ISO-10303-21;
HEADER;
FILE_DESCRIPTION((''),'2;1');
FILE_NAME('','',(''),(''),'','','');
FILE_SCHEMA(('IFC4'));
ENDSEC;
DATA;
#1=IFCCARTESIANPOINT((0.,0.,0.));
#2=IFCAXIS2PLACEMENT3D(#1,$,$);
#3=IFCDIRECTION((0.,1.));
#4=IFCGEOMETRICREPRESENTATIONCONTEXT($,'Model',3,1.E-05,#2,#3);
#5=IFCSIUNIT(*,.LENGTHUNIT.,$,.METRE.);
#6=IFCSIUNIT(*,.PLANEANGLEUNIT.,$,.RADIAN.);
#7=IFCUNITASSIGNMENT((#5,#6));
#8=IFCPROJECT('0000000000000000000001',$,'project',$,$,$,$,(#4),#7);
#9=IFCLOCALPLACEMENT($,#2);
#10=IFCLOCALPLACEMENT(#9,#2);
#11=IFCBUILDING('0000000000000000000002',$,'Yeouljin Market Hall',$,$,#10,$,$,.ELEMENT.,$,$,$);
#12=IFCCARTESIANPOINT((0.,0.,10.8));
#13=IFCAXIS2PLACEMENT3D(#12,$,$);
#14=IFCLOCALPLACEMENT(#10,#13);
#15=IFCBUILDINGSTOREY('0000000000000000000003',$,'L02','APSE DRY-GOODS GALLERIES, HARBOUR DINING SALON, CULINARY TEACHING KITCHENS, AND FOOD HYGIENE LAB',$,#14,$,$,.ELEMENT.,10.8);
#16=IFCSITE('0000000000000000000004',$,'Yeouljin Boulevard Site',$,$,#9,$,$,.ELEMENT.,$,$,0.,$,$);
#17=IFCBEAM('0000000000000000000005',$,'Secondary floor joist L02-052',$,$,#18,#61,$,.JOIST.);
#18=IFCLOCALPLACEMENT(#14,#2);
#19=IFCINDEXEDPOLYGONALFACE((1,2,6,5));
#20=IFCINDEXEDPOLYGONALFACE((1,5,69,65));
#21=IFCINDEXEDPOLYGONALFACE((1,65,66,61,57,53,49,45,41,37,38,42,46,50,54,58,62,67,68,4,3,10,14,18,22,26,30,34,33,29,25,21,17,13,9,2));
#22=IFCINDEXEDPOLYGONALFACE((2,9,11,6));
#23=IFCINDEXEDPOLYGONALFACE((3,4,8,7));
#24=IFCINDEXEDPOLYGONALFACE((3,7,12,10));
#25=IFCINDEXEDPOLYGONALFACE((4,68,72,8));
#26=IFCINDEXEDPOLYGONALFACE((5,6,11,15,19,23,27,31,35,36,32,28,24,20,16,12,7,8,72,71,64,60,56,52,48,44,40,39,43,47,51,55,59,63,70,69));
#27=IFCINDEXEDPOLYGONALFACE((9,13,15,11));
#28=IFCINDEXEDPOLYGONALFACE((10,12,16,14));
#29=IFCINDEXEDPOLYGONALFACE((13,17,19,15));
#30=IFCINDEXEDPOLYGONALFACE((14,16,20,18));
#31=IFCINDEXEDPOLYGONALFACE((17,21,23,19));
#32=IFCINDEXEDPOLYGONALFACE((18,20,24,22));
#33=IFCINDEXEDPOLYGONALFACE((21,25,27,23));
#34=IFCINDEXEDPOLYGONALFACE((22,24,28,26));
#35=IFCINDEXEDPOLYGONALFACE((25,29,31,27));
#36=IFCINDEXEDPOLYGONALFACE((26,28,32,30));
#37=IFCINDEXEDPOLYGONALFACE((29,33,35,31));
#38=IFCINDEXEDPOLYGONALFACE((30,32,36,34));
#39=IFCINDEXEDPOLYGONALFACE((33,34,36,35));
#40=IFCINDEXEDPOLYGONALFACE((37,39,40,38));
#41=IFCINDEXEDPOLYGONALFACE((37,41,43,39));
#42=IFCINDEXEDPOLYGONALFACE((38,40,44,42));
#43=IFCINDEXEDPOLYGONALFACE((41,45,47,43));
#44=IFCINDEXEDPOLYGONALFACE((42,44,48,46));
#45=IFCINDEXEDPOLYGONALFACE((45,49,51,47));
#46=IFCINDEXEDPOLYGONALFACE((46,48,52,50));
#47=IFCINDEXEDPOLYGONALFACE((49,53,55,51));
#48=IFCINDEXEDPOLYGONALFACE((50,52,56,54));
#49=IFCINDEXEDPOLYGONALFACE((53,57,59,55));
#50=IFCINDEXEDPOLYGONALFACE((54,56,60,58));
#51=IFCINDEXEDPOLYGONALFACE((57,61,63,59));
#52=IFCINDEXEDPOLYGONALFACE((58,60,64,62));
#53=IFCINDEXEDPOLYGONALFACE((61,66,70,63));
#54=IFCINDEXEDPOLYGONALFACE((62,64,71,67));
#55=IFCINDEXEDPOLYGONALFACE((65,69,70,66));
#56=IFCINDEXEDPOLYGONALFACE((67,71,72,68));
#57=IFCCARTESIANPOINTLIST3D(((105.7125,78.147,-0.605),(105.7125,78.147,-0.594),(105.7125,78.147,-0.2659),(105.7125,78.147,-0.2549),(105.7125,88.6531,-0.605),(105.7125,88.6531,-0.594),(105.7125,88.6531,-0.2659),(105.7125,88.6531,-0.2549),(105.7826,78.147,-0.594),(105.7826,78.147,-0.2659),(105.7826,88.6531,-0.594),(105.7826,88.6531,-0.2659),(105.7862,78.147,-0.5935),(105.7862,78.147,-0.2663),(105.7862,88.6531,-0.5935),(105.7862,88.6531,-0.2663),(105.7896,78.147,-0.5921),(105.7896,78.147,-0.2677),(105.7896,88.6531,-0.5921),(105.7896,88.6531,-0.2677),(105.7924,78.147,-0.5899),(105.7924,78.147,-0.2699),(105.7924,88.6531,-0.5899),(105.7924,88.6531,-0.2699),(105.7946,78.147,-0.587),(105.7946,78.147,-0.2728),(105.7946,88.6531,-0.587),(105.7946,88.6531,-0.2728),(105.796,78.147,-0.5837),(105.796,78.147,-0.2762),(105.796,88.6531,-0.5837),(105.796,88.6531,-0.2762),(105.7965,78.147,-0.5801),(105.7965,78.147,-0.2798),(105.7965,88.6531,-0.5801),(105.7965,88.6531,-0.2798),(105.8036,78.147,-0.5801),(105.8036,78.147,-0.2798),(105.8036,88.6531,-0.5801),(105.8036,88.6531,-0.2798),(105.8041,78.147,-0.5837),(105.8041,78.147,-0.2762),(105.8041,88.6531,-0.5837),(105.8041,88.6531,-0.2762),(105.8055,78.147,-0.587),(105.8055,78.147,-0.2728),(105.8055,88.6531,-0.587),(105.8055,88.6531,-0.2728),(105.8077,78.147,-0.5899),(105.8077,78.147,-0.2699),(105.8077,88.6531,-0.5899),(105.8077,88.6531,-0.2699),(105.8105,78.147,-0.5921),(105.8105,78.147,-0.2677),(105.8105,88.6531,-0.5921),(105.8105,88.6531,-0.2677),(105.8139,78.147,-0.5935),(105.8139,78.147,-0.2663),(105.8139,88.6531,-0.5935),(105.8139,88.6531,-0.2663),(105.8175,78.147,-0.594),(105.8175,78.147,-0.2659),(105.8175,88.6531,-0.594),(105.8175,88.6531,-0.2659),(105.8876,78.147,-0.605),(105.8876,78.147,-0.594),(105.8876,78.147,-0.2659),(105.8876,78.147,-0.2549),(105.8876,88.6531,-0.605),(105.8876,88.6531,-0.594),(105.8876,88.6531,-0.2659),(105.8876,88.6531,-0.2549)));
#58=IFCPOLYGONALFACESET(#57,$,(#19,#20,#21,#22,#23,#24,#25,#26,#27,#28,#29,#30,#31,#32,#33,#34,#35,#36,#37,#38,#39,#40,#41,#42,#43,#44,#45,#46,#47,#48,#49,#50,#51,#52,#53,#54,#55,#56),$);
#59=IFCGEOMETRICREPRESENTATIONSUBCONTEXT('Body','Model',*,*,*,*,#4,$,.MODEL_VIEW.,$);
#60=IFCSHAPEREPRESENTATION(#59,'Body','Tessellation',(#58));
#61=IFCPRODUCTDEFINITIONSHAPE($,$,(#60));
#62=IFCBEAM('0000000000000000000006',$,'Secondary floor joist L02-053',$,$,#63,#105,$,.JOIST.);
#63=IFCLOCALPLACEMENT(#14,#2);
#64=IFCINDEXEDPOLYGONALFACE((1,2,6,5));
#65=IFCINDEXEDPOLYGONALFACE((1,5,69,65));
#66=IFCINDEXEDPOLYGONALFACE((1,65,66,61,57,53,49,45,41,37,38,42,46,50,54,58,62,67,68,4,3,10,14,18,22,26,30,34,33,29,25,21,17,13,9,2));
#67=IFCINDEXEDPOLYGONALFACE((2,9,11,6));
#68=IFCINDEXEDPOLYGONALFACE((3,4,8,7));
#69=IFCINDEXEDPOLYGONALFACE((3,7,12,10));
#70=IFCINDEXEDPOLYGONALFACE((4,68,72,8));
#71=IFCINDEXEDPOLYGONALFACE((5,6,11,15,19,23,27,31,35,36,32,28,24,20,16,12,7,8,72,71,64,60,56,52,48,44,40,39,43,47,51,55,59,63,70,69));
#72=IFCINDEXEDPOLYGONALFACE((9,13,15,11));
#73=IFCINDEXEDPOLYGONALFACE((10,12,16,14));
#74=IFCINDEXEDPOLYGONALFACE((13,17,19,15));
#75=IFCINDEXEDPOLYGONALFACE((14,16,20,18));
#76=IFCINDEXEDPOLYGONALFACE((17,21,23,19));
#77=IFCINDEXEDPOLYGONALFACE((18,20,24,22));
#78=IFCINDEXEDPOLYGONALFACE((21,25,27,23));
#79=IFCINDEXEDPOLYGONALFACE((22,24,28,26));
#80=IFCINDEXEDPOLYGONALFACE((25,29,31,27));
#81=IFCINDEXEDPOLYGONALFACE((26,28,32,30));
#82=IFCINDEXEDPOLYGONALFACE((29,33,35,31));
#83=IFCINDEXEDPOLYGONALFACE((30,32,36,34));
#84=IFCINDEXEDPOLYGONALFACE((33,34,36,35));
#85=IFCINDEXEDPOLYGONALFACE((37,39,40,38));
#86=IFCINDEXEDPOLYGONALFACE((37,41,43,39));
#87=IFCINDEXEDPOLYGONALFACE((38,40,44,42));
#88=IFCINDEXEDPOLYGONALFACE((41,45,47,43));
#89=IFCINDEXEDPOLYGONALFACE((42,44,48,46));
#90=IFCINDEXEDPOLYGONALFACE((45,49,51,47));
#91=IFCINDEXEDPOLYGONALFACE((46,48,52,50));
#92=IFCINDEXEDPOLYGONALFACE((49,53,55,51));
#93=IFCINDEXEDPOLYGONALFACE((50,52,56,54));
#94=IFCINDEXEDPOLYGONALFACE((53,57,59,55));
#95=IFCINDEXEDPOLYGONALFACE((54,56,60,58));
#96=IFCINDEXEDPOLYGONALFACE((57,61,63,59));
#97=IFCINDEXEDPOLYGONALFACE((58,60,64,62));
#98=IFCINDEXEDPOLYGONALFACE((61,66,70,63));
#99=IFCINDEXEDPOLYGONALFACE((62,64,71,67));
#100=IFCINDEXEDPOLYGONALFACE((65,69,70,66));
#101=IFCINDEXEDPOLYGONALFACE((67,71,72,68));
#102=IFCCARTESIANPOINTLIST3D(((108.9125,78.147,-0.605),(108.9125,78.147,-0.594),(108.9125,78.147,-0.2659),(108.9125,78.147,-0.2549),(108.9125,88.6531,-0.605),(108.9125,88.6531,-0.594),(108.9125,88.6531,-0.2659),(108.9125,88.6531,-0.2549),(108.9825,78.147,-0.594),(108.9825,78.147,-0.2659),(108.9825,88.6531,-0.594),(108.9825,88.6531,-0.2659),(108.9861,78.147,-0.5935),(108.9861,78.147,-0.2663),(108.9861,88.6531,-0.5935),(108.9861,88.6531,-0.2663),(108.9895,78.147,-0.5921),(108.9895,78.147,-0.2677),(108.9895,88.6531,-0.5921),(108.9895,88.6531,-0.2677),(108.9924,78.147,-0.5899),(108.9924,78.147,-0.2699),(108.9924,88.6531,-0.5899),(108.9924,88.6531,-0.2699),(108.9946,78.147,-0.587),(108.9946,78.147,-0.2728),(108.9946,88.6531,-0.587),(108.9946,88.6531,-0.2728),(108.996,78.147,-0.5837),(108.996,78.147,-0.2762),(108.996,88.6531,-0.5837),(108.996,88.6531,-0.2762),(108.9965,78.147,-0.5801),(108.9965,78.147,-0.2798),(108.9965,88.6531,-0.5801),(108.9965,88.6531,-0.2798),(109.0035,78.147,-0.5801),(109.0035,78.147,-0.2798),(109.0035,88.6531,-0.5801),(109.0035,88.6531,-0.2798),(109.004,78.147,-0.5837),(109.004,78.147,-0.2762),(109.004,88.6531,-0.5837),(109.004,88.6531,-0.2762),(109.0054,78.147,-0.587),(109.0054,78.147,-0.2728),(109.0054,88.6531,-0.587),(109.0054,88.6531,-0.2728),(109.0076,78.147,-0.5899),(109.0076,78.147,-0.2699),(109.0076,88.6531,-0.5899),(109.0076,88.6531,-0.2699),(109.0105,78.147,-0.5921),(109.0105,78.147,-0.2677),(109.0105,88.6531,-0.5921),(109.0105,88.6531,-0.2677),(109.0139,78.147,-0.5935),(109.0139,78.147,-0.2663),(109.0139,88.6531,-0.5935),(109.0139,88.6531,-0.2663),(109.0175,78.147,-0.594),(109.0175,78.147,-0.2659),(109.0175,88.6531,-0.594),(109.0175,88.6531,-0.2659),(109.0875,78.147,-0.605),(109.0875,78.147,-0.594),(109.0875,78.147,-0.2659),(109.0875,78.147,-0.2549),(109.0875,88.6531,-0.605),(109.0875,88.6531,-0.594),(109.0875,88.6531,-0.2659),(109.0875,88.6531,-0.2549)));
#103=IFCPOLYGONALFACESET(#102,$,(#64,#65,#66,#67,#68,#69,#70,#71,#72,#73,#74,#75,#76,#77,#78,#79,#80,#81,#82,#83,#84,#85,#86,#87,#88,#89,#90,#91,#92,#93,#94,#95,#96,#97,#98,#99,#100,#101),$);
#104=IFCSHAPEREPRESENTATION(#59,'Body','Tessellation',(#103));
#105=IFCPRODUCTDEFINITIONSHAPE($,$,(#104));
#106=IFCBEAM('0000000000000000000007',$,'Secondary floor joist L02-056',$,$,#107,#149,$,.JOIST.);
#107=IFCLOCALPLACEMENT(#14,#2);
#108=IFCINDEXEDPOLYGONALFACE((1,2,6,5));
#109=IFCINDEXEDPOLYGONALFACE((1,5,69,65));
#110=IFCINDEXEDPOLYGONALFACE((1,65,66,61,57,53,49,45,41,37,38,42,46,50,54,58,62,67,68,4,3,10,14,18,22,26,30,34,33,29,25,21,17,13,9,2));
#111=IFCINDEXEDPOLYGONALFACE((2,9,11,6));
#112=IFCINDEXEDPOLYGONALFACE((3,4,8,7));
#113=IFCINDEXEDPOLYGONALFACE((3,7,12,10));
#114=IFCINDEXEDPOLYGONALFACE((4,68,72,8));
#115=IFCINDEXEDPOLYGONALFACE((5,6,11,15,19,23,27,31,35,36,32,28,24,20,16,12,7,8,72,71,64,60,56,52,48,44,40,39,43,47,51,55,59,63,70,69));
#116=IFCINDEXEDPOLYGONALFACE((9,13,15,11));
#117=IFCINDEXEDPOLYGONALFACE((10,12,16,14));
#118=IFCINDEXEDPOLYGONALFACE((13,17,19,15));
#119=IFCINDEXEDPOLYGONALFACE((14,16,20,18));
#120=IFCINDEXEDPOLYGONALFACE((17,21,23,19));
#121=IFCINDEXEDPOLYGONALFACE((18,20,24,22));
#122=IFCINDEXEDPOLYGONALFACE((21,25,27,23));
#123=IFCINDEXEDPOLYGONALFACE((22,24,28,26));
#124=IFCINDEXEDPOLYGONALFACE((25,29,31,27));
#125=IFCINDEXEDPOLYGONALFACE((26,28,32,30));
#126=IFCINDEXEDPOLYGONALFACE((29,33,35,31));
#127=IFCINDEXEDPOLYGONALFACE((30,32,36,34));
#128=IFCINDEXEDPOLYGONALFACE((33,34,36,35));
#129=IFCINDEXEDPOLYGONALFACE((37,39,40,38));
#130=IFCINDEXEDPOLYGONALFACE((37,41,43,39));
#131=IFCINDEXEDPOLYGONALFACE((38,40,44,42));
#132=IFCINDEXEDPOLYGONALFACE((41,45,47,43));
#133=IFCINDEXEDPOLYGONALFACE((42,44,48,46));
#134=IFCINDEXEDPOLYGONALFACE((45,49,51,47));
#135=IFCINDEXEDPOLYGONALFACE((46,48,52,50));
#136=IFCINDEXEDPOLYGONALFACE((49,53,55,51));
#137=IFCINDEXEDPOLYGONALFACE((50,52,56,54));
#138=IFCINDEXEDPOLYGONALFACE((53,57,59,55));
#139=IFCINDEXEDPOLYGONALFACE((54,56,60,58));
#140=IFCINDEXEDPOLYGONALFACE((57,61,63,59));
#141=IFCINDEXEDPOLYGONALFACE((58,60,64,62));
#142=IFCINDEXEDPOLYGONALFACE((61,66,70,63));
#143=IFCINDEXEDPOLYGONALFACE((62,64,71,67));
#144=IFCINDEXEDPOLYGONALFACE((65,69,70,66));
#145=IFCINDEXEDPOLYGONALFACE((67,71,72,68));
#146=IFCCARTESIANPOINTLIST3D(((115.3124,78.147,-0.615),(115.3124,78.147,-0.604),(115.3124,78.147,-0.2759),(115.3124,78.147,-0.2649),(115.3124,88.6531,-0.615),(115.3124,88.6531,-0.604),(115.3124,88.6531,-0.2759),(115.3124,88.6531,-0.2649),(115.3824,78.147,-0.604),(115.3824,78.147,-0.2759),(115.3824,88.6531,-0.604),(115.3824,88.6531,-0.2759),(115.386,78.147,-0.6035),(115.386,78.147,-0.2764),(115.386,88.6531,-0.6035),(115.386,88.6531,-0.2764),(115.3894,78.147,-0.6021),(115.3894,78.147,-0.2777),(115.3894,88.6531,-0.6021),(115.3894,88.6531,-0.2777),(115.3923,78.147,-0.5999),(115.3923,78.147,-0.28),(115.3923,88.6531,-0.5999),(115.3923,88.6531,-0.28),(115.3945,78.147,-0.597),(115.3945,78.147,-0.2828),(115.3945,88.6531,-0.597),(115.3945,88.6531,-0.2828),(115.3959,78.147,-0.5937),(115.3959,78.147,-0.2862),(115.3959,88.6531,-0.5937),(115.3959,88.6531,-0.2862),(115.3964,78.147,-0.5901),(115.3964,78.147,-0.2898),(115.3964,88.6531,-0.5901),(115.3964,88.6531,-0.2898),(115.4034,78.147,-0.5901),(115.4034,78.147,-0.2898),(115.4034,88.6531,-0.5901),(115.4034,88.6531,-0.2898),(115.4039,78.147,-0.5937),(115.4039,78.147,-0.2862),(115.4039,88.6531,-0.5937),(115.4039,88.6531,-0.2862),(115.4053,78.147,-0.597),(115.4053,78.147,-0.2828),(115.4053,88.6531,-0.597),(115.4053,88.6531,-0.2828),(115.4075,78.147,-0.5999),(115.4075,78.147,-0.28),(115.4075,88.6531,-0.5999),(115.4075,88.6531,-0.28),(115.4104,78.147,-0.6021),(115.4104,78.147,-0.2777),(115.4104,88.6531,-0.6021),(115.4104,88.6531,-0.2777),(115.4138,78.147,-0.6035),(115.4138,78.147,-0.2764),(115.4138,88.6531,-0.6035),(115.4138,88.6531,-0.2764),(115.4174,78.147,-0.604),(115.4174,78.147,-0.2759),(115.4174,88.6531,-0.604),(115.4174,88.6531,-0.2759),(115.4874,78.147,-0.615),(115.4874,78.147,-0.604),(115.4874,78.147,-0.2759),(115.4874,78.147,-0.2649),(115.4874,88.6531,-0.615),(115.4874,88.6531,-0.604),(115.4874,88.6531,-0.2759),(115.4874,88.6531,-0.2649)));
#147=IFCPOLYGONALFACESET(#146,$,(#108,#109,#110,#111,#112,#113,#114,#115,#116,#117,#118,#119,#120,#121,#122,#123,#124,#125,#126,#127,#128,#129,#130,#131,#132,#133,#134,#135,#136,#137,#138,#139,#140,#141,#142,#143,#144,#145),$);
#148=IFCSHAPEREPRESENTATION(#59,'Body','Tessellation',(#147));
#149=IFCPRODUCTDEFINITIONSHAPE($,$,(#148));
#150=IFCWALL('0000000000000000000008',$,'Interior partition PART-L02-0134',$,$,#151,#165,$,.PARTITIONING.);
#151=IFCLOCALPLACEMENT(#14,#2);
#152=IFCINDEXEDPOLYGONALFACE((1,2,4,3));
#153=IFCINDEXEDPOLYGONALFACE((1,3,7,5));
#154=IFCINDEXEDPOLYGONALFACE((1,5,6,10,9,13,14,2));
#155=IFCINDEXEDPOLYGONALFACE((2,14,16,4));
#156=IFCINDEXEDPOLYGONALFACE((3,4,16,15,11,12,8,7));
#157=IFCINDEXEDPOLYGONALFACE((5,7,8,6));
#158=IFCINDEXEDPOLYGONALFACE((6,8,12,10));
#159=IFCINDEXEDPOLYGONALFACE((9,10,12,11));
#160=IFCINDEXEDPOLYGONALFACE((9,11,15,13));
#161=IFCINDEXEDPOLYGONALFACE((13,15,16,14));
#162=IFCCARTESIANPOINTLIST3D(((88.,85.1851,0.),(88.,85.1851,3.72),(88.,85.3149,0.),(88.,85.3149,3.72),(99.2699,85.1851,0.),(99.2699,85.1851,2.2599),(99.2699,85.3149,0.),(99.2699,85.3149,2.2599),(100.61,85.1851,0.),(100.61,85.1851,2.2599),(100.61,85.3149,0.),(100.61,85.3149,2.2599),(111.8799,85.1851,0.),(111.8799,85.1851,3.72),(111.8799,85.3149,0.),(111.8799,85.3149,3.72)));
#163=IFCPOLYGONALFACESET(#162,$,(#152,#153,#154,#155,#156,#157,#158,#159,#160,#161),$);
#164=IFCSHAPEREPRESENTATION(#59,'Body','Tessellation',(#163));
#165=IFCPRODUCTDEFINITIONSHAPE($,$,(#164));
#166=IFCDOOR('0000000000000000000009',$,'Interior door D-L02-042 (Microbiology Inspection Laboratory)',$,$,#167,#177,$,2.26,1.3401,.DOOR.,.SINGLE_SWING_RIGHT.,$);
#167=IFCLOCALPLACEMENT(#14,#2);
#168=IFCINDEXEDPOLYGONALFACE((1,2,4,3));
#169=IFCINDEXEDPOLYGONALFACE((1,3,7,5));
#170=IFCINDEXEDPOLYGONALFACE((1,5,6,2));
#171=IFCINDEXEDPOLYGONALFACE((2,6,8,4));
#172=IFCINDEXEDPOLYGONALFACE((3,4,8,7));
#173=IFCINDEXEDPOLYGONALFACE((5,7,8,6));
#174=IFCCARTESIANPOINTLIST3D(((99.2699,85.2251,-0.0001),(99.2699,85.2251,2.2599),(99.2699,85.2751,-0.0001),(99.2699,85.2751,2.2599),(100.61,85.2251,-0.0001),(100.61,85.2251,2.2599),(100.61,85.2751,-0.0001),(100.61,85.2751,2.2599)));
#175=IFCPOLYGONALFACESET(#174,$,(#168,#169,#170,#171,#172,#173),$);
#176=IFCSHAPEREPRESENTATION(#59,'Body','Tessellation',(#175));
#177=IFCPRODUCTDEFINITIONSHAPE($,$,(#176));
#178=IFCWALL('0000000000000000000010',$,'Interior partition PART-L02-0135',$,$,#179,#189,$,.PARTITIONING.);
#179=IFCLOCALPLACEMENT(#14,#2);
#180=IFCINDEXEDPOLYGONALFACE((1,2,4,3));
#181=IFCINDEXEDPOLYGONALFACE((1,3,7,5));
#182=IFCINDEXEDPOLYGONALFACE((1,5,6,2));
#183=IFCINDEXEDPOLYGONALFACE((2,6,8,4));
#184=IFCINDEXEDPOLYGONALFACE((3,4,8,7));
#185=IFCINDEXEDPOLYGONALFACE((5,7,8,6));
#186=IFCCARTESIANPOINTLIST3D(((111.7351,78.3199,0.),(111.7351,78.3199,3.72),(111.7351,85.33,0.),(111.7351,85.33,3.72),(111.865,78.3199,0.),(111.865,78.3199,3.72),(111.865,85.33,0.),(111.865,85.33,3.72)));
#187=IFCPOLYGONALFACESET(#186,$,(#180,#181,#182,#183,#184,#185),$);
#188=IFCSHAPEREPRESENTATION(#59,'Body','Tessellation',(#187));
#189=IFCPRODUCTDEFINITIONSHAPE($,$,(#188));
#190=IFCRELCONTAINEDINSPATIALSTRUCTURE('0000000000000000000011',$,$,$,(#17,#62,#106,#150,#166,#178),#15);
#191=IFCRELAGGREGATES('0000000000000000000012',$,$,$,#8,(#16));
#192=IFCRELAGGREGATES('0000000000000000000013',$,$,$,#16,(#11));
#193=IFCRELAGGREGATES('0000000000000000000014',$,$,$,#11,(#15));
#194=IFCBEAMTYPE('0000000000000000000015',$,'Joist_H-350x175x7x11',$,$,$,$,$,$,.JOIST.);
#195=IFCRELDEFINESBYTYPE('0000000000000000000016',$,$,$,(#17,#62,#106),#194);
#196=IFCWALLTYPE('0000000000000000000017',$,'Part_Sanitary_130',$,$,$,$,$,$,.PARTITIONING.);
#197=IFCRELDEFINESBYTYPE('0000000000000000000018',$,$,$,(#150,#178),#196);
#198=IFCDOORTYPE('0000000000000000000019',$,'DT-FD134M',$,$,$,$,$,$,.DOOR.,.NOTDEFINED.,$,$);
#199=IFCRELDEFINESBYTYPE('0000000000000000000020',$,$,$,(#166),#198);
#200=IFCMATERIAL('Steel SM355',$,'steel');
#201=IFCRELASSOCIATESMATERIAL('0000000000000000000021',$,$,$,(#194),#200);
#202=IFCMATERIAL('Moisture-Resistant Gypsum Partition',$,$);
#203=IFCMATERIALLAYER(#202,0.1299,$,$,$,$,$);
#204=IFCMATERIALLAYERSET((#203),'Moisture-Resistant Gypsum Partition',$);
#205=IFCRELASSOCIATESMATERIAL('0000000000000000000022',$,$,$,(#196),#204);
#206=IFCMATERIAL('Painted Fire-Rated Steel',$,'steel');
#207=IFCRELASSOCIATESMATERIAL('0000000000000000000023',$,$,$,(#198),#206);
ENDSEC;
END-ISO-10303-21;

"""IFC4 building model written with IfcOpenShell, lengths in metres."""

from ifc_helpers import new_model, si_unit, direction, frame, frame_2d, origin, origin_2d, place, context, subcontext, project, spatial, rectangle, i_section, extrude, material, layer, layer_set, material_profile, profile_set, type_object, element, fill, save


model = new_model("IFC4")

# Units and contexts
model_context = context("Model", 3, precision=1e-05, world=origin(), true_north=direction((0.0, 1.0)))
body_context = subcontext(model_context, "Body", "Model", "MODEL_VIEW")
ifc_project = project(units=[si_unit("LENGTHUNIT", "METRE"), si_unit("PLANEANGLEUNIT", "RADIAN")], contexts=[model_context])

# Site, building, storey
site_placement = place(None, origin())
site = spatial("IfcSite", under=ifc_project, at=site_placement, Name="Yeouljin Boulevard Site", CompositionType="ELEMENT", RefElevation=0.0)
building_placement = place(site_placement, origin())
building = spatial("IfcBuilding", under=site, at=building_placement, Name="Yeouljin Market Hall", CompositionType="ELEMENT")
storey_placement = place(building_placement, frame((0.0, 0.0, 10.8)))
storey = spatial("IfcBuildingStorey", under=building, at=storey_placement, Name="L02", Description="APSE DRY-GOODS GALLERIES, HARBOUR DINING SALON, CULINARY TEACHING KITCHENS, AND FOOD HYGIENE LAB", CompositionType="ELEMENT", Elevation=10.8)

# Beams
ifc_material_1 = material(Name="Steel SM355", Category="steel")
ifc_material_profile_1 = material_profile(ifc_material_1, i_section(OverallWidth=0.175, OverallDepth=0.3501, WebThickness=0.0071, FlangeThickness=0.011, FilletRadius=0.0139, at=origin_2d()), Name="H-350x175x7x11")
ifc_profile_set_1 = profile_set([ifc_material_profile_1], Name="Steel SM355")
beam_type_1 = type_object("IfcBeamType", Name="Joist_H-350x175x7x11", PredefinedType="JOIST", material=ifc_profile_set_1)
for number, where, z_axis, x_axis, name in (
    (1, (105.8, 78.147, -0.4299), (0.0, 1.0, 0.0), (-1.0, 0.0, 0.0), "Secondary floor joist L02-052"),
    (2, (109.0, 78.147, -0.4299), (0.0, 1.0, 0.0), (-1.0, 0.0, 0.0), "Secondary floor joist L02-053"),
    (3, (115.3999, 78.147, -0.4399), (0.0, 1.0, 0.0), (-1.0, 0.0, 0.0), "Secondary floor joist L02-056"),
):
    element("IfcBeam", number, at=place(storey_placement, frame(where, z_axis=z_axis, x_axis=x_axis)), inside=storey, type_object=beam_type_1, Name=name, PredefinedType="JOIST", context=body_context, shape_type="SweptSolid", body=[
        extrude(i_section(OverallWidth=0.175, OverallDepth=0.3501, WebThickness=0.0071, FlangeThickness=0.011, FilletRadius=0.0139, at=origin_2d()), origin(), (0.0, 0.0, 1.0), 10.5061),
    ])

# Wall, opening, door
ifc_material_2 = material(Name="Moisture-Resistant Gypsum Partition")
ifc_layer_1 = layer(ifc_material_2, 0.1299)
ifc_layer_set_1 = layer_set([ifc_layer_1], Name="Moisture-Resistant Gypsum Partition")
wall_type_1 = type_object("IfcWallType", Name="Part_Sanitary_130", PredefinedType="PARTITIONING", material=ifc_layer_set_1)
wall_1_placement = place(storey_placement, frame((111.8799, 85.25, 0.0), z_axis=(0.0, 0.0, 1.0), x_axis=(-1.0, 0.0, 0.0)))
wall_1 = element("IfcWall", 4, at=wall_1_placement, inside=storey, type_object=wall_type_1, Name="Interior partition PART-L02-0134", PredefinedType="PARTITIONING", context=body_context, shape_type="SweptSolid", body=[
    extrude(rectangle(XDim=23.8799, YDim=0.1299, at=frame_2d((11.9399, 0.0))), origin(), (0.0, 0.0, 1.0), 3.72),
])
opening_1_placement = place(wall_1_placement, frame((11.27, 0.0, 0.0)))
opening_1 = element("IfcOpeningElement", 5, at=opening_1_placement, cuts=wall_1, PredefinedType="OPENING", context=body_context, shape_type="SweptSolid", body=[
    extrude(rectangle(XDim=1.3401, YDim=2.26, at=frame_2d((0.6699, 1.1299))), frame((0.0, 0.075, 0.0), z_axis=(0.0, -1.0, 0.0), x_axis=(1.0, 0.0, 0.0)), (0.0, 0.0, 1.0), 0.1499),
])
ifc_material_3 = material(Name="Painted Fire-Rated Steel", Category="steel")
door_type_1 = type_object("IfcDoorType", Name="DT-FD134M", OperationType="NOTDEFINED", PredefinedType="DOOR", material=ifc_material_3)
door_1_placement = place(opening_1_placement, origin())
door_1 = element("IfcDoor", 6, at=door_1_placement, inside=storey, type_object=door_type_1, Name="Interior door D-L02-042 (Microbiology Inspection Laboratory)", OperationType="SINGLE_SWING_RIGHT", OverallHeight=2.26, OverallWidth=1.3401, PredefinedType="DOOR", context=body_context, shape_type="SweptSolid", body=[
    extrude(rectangle(XDim=1.3401, YDim=2.26, at=frame_2d((0.6699, 1.1299))), frame((0.0, 0.0249, 0.0), z_axis=(0.0, -1.0, 0.0), x_axis=(1.0, 0.0, 0.0)), (0.0, 0.0, 1.0), 0.05),
])
fill(opening_1, door_1)

# Wall
wall_2_placement = place(storey_placement, frame((111.8, 78.3201, 0.0), z_axis=(0.0, 0.0, 1.0), x_axis=(0.0, 1.0, 0.0)))
element("IfcWall", 7, at=wall_2_placement, inside=storey, type_object=wall_type_1, Name="Interior partition PART-L02-0135", PredefinedType="PARTITIONING", context=body_context, shape_type="SweptSolid", body=[
    extrude(rectangle(XDim=7.01, YDim=0.1299, at=frame_2d((3.5049, 0.0))), origin(), (0.0, 0.0, 1.0), 3.72),
])

save(model, "model.ifc")
